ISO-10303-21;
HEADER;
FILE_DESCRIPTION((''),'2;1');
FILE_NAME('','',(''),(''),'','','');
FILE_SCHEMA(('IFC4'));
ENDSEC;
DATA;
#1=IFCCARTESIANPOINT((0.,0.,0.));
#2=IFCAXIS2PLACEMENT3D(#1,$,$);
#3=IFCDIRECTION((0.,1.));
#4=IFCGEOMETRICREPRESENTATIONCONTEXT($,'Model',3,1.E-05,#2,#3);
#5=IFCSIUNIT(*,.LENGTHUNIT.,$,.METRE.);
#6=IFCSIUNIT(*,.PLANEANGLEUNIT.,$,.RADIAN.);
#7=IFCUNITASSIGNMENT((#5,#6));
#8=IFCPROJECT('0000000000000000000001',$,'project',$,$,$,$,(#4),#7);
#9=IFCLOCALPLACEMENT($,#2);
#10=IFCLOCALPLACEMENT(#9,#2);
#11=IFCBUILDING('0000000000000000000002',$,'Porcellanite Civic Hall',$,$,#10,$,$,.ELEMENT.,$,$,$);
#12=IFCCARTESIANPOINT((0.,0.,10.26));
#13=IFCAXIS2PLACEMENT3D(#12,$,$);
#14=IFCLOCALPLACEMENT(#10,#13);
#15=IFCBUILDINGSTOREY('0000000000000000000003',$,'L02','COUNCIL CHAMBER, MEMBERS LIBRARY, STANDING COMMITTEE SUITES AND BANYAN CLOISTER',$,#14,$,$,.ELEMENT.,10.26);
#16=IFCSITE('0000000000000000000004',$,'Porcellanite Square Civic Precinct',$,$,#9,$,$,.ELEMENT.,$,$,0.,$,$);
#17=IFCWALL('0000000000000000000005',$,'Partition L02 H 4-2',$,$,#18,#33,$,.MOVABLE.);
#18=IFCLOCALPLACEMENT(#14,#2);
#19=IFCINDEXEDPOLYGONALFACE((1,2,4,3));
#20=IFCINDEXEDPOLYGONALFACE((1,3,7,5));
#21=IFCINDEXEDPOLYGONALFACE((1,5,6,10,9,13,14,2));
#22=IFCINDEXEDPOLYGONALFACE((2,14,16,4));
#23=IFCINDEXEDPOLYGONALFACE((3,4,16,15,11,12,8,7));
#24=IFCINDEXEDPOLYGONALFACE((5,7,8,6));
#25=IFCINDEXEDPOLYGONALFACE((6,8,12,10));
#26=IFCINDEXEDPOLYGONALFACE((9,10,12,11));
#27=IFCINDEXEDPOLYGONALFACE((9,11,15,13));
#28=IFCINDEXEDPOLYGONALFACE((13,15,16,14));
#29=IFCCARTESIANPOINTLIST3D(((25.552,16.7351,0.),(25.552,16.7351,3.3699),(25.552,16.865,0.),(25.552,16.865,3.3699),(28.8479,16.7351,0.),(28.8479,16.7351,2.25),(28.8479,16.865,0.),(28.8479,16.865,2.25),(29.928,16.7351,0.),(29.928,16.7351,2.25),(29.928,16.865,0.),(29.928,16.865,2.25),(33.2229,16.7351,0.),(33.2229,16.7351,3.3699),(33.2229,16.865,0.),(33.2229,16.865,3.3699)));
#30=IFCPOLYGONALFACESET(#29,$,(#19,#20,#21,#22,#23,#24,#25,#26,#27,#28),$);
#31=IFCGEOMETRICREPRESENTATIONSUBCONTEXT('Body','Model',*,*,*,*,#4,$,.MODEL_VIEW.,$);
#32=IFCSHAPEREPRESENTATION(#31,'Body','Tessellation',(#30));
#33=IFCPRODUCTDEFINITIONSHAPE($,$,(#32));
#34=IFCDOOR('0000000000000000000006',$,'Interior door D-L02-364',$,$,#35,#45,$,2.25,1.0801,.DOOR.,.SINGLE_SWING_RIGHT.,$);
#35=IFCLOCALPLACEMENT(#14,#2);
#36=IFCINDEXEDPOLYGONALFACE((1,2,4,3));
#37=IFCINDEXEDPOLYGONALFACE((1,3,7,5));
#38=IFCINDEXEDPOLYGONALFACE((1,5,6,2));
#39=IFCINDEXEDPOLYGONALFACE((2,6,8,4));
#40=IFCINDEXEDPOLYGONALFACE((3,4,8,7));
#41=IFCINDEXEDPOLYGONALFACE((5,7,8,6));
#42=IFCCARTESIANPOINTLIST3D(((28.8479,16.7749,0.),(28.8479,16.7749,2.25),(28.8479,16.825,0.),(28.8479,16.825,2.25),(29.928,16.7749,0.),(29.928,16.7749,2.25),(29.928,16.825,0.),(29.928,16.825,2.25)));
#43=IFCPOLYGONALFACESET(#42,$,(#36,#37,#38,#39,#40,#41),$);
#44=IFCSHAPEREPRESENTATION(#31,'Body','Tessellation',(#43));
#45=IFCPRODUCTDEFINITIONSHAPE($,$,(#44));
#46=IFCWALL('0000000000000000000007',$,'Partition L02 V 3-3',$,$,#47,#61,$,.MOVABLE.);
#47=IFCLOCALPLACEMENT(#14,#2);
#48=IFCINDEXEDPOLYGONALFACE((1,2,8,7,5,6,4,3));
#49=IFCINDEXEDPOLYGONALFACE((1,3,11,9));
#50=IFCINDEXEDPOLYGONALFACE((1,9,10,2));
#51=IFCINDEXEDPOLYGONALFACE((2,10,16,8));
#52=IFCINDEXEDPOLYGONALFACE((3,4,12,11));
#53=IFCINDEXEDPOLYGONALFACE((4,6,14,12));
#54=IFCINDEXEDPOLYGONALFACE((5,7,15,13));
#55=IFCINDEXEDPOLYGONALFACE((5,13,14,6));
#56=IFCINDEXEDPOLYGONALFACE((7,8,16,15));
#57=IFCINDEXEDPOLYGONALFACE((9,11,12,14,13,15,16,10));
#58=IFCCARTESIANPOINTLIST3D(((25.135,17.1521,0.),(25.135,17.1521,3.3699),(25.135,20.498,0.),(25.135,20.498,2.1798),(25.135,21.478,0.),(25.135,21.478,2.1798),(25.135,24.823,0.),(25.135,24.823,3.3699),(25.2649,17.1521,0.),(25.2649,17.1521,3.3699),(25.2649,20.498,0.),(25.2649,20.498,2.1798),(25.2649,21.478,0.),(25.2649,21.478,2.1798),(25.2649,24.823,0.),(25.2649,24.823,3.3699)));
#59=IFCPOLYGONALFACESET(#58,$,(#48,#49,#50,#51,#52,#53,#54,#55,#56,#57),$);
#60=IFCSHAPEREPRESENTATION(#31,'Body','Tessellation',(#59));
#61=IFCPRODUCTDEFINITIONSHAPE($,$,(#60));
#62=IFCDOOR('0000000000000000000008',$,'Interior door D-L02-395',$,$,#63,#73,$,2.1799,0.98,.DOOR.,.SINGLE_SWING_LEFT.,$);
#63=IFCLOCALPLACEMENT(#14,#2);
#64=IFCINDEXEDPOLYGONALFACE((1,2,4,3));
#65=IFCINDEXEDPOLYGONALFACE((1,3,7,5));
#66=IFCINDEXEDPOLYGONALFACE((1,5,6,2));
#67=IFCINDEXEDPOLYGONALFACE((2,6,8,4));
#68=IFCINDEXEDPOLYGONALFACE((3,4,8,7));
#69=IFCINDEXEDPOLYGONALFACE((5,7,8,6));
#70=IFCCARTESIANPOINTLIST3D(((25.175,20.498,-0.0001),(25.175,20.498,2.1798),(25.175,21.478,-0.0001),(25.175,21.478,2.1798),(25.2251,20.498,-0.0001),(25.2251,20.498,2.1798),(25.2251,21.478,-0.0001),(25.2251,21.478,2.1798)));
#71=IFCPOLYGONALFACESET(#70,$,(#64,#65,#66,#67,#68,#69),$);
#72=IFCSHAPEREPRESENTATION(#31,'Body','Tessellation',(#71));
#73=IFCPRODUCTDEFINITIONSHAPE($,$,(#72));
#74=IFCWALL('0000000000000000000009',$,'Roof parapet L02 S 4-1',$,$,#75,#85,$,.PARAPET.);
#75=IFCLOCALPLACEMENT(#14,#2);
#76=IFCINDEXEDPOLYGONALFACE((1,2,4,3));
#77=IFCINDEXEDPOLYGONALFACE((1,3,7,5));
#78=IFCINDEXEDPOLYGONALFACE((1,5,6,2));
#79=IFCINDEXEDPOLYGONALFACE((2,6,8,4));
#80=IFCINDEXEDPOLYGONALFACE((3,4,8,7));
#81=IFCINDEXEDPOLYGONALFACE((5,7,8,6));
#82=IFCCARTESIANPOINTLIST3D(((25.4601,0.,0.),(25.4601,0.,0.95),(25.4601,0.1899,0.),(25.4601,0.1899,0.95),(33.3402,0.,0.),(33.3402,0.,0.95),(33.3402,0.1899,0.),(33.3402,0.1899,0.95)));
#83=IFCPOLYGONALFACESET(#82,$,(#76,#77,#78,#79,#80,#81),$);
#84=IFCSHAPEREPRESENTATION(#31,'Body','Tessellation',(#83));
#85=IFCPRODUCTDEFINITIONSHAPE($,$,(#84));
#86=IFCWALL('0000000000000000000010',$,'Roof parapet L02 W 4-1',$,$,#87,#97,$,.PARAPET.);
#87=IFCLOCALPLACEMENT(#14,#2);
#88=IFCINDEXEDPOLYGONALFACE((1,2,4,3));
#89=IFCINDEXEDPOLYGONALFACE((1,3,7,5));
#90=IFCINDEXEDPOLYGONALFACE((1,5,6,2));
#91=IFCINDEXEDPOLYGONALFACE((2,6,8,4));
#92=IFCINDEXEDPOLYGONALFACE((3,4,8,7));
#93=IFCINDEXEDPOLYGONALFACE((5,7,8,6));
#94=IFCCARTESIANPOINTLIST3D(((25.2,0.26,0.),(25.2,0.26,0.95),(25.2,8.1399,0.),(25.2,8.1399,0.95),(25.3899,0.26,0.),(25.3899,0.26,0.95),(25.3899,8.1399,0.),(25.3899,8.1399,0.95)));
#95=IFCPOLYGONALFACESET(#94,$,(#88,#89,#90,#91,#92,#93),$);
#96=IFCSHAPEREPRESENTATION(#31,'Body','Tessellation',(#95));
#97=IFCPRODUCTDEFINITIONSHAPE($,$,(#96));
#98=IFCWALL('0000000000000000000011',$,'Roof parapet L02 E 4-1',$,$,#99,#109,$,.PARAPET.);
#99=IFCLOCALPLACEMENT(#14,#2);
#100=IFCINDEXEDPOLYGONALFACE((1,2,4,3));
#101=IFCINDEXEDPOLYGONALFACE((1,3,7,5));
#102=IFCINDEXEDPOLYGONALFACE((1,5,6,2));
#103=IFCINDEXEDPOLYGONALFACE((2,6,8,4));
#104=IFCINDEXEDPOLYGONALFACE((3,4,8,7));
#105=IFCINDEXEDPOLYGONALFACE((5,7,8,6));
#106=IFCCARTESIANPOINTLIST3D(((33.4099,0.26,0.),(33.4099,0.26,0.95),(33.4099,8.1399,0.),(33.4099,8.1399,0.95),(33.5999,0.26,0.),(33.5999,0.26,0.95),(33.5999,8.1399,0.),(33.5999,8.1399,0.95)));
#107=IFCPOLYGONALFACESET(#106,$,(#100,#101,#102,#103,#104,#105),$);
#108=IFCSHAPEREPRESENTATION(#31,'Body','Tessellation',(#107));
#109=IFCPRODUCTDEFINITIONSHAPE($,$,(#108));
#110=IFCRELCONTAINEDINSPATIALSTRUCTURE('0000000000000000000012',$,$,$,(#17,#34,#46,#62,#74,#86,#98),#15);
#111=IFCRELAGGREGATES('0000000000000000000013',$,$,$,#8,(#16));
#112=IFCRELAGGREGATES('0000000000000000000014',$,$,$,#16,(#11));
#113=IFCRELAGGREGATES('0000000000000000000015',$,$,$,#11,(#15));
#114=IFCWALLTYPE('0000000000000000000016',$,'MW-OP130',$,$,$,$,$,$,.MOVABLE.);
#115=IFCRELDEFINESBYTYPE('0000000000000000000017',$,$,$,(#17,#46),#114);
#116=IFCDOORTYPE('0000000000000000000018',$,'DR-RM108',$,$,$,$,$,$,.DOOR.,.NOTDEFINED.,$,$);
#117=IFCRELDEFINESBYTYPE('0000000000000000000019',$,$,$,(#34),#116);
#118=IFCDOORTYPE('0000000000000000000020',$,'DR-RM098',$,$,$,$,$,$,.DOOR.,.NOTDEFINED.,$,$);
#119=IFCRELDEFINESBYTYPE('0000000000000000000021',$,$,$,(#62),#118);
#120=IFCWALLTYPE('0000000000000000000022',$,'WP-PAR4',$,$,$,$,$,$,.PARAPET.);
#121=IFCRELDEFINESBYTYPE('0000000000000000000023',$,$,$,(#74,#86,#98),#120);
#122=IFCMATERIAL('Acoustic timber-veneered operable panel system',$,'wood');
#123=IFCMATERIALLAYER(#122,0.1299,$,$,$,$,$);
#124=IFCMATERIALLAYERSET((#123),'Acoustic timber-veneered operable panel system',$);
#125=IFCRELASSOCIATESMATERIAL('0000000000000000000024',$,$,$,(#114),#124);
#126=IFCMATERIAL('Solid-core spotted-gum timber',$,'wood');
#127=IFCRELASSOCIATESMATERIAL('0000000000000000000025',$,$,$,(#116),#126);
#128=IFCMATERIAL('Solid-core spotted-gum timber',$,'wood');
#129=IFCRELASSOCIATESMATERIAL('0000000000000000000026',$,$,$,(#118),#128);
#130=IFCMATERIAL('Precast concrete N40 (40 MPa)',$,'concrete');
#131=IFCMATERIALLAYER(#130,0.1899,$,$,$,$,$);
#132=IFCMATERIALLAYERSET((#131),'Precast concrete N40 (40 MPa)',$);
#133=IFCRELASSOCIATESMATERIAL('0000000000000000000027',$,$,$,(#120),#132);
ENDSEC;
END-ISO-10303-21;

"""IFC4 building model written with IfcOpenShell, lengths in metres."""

from ifc_helpers import new_model, si_unit, direction, frame, frame_2d, origin, place, context, subcontext, project, spatial, rectangle, extrude, material, layer, layer_set, type_object, element, fill, save


model = new_model("IFC4")

# Units and contexts
model_context = context("Model", 3, precision=1e-05, world=origin(), true_north=direction((0.0, 1.0)))
body_context = subcontext(model_context, "Body", "Model", "MODEL_VIEW")
ifc_project = project(units=[si_unit("LENGTHUNIT", "METRE"), si_unit("PLANEANGLEUNIT", "RADIAN")], contexts=[model_context])

# Site, building, storey
site_placement = place(None, origin())
site = spatial("IfcSite", under=ifc_project, at=site_placement, Name="Porcellanite Square Civic Precinct", CompositionType="ELEMENT", RefElevation=0.0)
building_placement = place(site_placement, origin())
building = spatial("IfcBuilding", under=site, at=building_placement, Name="Porcellanite Civic Hall", CompositionType="ELEMENT")
storey_placement = place(building_placement, frame((0.0, 0.0, 10.26)))
storey = spatial("IfcBuildingStorey", under=building, at=storey_placement, Name="L02", Description="COUNCIL CHAMBER, MEMBERS LIBRARY, STANDING COMMITTEE SUITES AND BANYAN CLOISTER", CompositionType="ELEMENT", Elevation=10.26)

# Walls, openings, doors
ifc_material_1 = material(Name="Acoustic timber-veneered operable panel system", Category="wood")
ifc_layer_1 = layer(ifc_material_1, 0.1299)
ifc_layer_set_1 = layer_set([ifc_layer_1], Name="Acoustic timber-veneered operable panel system")
wall_type_1 = type_object("IfcWallType", Name="MW-OP130", PredefinedType="MOVABLE", material=ifc_layer_set_1)
wall_1_placement = place(storey_placement, frame((25.552, 16.8, 0.0), z_axis=(0.0, 0.0, 1.0), x_axis=(1.0, 0.0, 0.0)))
wall_1 = element("IfcWall", 1, at=wall_1_placement, inside=storey, type_object=wall_type_1, Name="Partition L02 H 4-2", PredefinedType="MOVABLE", context=body_context, shape_type="SweptSolid", body=[
    extrude(rectangle(XDim=7.6709, YDim=0.1299, at=frame_2d((3.8354, 0.0))), origin(), (0.0, 0.0, 1.0), 3.3699),
])
opening_1_placement = place(wall_1_placement, frame((3.2959, 0.0, 0.0)))
opening_1 = element("IfcOpeningElement", 2, at=opening_1_placement, cuts=wall_1, PredefinedType="OPENING", context=body_context, shape_type="SweptSolid", body=[
    extrude(rectangle(XDim=1.0801, YDim=2.25, at=frame_2d((0.54, 1.125))), frame((0.0, 0.0649, 0.0), z_axis=(0.0, -1.0, 0.0), x_axis=(1.0, 0.0, 0.0)), (0.0, 0.0, 1.0), 0.1299),
])
ifc_material_2 = material(Name="Solid-core spotted-gum timber", Category="wood")
door_type_1 = type_object("IfcDoorType", Name="DR-RM108", OperationType="NOTDEFINED", PredefinedType="DOOR", material=ifc_material_2)
door_1_placement = place(opening_1_placement, origin())
door_1 = element("IfcDoor", 3, at=door_1_placement, inside=storey, type_object=door_type_1, Name="Interior door D-L02-364", OperationType="SINGLE_SWING_RIGHT", OverallHeight=2.25, OverallWidth=1.0801, PredefinedType="DOOR", context=body_context, shape_type="SweptSolid", body=[
    extrude(rectangle(XDim=1.0801, YDim=2.25, at=frame_2d((0.54, 1.125))), frame((0.0, 0.0249, 0.0), z_axis=(0.0, -1.0, 0.0), x_axis=(1.0, 0.0, 0.0)), (0.0, 0.0, 1.0), 0.05),
])
fill(opening_1, door_1)
wall_2_placement = place(storey_placement, frame((25.2, 17.1521, 0.0), z_axis=(0.0, 0.0, 1.0), x_axis=(0.0, 1.0, 0.0)))
wall_2 = element("IfcWall", 4, at=wall_2_placement, inside=storey, type_object=wall_type_1, Name="Partition L02 V 3-3", PredefinedType="MOVABLE", context=body_context, shape_type="SweptSolid", body=[
    extrude(rectangle(XDim=7.6709, YDim=0.1299, at=frame_2d((3.8354, 0.0))), origin(), (0.0, 0.0, 1.0), 3.3699),
])
opening_2_placement = place(wall_2_placement, frame((3.3459, 0.0, 0.0)))
opening_2 = element("IfcOpeningElement", 5, at=opening_2_placement, cuts=wall_2, PredefinedType="OPENING", context=body_context, shape_type="SweptSolid", body=[
    extrude(rectangle(XDim=0.98, YDim=2.1799, at=frame_2d((0.49, 1.0898))), frame((0.0, 0.0649, 0.0), z_axis=(0.0, -1.0, 0.0), x_axis=(1.0, 0.0, 0.0)), (0.0, 0.0, 1.0), 0.1299),
])
ifc_material_3 = material(Name="Solid-core spotted-gum timber", Category="wood")
door_type_2 = type_object("IfcDoorType", Name="DR-RM098", OperationType="NOTDEFINED", PredefinedType="DOOR", material=ifc_material_3)
door_2_placement = place(opening_2_placement, origin())
door_2 = element("IfcDoor", 6, at=door_2_placement, inside=storey, type_object=door_type_2, Name="Interior door D-L02-395", OperationType="SINGLE_SWING_LEFT", OverallHeight=2.1799, OverallWidth=0.98, PredefinedType="DOOR", context=body_context, shape_type="SweptSolid", body=[
    extrude(rectangle(XDim=0.98, YDim=2.1799, at=frame_2d((0.49, 1.0898))), frame((0.0, 0.0249, 0.0), z_axis=(0.0, -1.0, 0.0), x_axis=(1.0, 0.0, 0.0)), (0.0, 0.0, 1.0), 0.05),
])
fill(opening_2, door_2)

# Walls
ifc_material_4 = material(Name="Precast concrete N40 (40 MPa)", Category="concrete")
ifc_layer_2 = layer(ifc_material_4, 0.1899)
ifc_layer_set_2 = layer_set([ifc_layer_2], Name="Precast concrete N40 (40 MPa)")
wall_type_2 = type_object("IfcWallType", Name="WP-PAR4", PredefinedType="PARAPET", material=ifc_layer_set_2)
wall_3_placement = place(storey_placement, frame((33.3401, 0.095, 0.0), z_axis=(0.0, 0.0, 1.0), x_axis=(-1.0, 0.0, 0.0)))
element("IfcWall", 7, at=wall_3_placement, inside=storey, type_object=wall_type_2, Name="Roof parapet L02 S 4-1", PredefinedType="PARAPET", context=body_context, shape_type="SweptSolid", body=[
    extrude(rectangle(XDim=7.8801, YDim=0.1899, at=frame_2d((3.9399, 0.0))), origin(), (0.0, 0.0, 1.0), 0.95),
])
for number, where, z_axis, x_axis, name in (
    (8, (25.2949, 0.26, 0.0), (0.0, 0.0, 1.0), (0.0, 1.0, 0.0), "Roof parapet L02 W 4-1"),
    (9, (33.5049, 8.1399, 0.0), (0.0, 0.0, 1.0), (0.0, -1.0, 0.0), "Roof parapet L02 E 4-1"),
):
    element("IfcWall", number, at=place(storey_placement, frame(where, z_axis=z_axis, x_axis=x_axis)), inside=storey, type_object=wall_type_2, Name=name, PredefinedType="PARAPET", context=body_context, shape_type="SweptSolid", body=[
        extrude(rectangle(XDim=7.8799, YDim=0.1899, at=frame_2d((3.9399, 0.0))), origin(), (0.0, 0.0, 1.0), 0.95),
    ])

save(model, "model.ifc")
